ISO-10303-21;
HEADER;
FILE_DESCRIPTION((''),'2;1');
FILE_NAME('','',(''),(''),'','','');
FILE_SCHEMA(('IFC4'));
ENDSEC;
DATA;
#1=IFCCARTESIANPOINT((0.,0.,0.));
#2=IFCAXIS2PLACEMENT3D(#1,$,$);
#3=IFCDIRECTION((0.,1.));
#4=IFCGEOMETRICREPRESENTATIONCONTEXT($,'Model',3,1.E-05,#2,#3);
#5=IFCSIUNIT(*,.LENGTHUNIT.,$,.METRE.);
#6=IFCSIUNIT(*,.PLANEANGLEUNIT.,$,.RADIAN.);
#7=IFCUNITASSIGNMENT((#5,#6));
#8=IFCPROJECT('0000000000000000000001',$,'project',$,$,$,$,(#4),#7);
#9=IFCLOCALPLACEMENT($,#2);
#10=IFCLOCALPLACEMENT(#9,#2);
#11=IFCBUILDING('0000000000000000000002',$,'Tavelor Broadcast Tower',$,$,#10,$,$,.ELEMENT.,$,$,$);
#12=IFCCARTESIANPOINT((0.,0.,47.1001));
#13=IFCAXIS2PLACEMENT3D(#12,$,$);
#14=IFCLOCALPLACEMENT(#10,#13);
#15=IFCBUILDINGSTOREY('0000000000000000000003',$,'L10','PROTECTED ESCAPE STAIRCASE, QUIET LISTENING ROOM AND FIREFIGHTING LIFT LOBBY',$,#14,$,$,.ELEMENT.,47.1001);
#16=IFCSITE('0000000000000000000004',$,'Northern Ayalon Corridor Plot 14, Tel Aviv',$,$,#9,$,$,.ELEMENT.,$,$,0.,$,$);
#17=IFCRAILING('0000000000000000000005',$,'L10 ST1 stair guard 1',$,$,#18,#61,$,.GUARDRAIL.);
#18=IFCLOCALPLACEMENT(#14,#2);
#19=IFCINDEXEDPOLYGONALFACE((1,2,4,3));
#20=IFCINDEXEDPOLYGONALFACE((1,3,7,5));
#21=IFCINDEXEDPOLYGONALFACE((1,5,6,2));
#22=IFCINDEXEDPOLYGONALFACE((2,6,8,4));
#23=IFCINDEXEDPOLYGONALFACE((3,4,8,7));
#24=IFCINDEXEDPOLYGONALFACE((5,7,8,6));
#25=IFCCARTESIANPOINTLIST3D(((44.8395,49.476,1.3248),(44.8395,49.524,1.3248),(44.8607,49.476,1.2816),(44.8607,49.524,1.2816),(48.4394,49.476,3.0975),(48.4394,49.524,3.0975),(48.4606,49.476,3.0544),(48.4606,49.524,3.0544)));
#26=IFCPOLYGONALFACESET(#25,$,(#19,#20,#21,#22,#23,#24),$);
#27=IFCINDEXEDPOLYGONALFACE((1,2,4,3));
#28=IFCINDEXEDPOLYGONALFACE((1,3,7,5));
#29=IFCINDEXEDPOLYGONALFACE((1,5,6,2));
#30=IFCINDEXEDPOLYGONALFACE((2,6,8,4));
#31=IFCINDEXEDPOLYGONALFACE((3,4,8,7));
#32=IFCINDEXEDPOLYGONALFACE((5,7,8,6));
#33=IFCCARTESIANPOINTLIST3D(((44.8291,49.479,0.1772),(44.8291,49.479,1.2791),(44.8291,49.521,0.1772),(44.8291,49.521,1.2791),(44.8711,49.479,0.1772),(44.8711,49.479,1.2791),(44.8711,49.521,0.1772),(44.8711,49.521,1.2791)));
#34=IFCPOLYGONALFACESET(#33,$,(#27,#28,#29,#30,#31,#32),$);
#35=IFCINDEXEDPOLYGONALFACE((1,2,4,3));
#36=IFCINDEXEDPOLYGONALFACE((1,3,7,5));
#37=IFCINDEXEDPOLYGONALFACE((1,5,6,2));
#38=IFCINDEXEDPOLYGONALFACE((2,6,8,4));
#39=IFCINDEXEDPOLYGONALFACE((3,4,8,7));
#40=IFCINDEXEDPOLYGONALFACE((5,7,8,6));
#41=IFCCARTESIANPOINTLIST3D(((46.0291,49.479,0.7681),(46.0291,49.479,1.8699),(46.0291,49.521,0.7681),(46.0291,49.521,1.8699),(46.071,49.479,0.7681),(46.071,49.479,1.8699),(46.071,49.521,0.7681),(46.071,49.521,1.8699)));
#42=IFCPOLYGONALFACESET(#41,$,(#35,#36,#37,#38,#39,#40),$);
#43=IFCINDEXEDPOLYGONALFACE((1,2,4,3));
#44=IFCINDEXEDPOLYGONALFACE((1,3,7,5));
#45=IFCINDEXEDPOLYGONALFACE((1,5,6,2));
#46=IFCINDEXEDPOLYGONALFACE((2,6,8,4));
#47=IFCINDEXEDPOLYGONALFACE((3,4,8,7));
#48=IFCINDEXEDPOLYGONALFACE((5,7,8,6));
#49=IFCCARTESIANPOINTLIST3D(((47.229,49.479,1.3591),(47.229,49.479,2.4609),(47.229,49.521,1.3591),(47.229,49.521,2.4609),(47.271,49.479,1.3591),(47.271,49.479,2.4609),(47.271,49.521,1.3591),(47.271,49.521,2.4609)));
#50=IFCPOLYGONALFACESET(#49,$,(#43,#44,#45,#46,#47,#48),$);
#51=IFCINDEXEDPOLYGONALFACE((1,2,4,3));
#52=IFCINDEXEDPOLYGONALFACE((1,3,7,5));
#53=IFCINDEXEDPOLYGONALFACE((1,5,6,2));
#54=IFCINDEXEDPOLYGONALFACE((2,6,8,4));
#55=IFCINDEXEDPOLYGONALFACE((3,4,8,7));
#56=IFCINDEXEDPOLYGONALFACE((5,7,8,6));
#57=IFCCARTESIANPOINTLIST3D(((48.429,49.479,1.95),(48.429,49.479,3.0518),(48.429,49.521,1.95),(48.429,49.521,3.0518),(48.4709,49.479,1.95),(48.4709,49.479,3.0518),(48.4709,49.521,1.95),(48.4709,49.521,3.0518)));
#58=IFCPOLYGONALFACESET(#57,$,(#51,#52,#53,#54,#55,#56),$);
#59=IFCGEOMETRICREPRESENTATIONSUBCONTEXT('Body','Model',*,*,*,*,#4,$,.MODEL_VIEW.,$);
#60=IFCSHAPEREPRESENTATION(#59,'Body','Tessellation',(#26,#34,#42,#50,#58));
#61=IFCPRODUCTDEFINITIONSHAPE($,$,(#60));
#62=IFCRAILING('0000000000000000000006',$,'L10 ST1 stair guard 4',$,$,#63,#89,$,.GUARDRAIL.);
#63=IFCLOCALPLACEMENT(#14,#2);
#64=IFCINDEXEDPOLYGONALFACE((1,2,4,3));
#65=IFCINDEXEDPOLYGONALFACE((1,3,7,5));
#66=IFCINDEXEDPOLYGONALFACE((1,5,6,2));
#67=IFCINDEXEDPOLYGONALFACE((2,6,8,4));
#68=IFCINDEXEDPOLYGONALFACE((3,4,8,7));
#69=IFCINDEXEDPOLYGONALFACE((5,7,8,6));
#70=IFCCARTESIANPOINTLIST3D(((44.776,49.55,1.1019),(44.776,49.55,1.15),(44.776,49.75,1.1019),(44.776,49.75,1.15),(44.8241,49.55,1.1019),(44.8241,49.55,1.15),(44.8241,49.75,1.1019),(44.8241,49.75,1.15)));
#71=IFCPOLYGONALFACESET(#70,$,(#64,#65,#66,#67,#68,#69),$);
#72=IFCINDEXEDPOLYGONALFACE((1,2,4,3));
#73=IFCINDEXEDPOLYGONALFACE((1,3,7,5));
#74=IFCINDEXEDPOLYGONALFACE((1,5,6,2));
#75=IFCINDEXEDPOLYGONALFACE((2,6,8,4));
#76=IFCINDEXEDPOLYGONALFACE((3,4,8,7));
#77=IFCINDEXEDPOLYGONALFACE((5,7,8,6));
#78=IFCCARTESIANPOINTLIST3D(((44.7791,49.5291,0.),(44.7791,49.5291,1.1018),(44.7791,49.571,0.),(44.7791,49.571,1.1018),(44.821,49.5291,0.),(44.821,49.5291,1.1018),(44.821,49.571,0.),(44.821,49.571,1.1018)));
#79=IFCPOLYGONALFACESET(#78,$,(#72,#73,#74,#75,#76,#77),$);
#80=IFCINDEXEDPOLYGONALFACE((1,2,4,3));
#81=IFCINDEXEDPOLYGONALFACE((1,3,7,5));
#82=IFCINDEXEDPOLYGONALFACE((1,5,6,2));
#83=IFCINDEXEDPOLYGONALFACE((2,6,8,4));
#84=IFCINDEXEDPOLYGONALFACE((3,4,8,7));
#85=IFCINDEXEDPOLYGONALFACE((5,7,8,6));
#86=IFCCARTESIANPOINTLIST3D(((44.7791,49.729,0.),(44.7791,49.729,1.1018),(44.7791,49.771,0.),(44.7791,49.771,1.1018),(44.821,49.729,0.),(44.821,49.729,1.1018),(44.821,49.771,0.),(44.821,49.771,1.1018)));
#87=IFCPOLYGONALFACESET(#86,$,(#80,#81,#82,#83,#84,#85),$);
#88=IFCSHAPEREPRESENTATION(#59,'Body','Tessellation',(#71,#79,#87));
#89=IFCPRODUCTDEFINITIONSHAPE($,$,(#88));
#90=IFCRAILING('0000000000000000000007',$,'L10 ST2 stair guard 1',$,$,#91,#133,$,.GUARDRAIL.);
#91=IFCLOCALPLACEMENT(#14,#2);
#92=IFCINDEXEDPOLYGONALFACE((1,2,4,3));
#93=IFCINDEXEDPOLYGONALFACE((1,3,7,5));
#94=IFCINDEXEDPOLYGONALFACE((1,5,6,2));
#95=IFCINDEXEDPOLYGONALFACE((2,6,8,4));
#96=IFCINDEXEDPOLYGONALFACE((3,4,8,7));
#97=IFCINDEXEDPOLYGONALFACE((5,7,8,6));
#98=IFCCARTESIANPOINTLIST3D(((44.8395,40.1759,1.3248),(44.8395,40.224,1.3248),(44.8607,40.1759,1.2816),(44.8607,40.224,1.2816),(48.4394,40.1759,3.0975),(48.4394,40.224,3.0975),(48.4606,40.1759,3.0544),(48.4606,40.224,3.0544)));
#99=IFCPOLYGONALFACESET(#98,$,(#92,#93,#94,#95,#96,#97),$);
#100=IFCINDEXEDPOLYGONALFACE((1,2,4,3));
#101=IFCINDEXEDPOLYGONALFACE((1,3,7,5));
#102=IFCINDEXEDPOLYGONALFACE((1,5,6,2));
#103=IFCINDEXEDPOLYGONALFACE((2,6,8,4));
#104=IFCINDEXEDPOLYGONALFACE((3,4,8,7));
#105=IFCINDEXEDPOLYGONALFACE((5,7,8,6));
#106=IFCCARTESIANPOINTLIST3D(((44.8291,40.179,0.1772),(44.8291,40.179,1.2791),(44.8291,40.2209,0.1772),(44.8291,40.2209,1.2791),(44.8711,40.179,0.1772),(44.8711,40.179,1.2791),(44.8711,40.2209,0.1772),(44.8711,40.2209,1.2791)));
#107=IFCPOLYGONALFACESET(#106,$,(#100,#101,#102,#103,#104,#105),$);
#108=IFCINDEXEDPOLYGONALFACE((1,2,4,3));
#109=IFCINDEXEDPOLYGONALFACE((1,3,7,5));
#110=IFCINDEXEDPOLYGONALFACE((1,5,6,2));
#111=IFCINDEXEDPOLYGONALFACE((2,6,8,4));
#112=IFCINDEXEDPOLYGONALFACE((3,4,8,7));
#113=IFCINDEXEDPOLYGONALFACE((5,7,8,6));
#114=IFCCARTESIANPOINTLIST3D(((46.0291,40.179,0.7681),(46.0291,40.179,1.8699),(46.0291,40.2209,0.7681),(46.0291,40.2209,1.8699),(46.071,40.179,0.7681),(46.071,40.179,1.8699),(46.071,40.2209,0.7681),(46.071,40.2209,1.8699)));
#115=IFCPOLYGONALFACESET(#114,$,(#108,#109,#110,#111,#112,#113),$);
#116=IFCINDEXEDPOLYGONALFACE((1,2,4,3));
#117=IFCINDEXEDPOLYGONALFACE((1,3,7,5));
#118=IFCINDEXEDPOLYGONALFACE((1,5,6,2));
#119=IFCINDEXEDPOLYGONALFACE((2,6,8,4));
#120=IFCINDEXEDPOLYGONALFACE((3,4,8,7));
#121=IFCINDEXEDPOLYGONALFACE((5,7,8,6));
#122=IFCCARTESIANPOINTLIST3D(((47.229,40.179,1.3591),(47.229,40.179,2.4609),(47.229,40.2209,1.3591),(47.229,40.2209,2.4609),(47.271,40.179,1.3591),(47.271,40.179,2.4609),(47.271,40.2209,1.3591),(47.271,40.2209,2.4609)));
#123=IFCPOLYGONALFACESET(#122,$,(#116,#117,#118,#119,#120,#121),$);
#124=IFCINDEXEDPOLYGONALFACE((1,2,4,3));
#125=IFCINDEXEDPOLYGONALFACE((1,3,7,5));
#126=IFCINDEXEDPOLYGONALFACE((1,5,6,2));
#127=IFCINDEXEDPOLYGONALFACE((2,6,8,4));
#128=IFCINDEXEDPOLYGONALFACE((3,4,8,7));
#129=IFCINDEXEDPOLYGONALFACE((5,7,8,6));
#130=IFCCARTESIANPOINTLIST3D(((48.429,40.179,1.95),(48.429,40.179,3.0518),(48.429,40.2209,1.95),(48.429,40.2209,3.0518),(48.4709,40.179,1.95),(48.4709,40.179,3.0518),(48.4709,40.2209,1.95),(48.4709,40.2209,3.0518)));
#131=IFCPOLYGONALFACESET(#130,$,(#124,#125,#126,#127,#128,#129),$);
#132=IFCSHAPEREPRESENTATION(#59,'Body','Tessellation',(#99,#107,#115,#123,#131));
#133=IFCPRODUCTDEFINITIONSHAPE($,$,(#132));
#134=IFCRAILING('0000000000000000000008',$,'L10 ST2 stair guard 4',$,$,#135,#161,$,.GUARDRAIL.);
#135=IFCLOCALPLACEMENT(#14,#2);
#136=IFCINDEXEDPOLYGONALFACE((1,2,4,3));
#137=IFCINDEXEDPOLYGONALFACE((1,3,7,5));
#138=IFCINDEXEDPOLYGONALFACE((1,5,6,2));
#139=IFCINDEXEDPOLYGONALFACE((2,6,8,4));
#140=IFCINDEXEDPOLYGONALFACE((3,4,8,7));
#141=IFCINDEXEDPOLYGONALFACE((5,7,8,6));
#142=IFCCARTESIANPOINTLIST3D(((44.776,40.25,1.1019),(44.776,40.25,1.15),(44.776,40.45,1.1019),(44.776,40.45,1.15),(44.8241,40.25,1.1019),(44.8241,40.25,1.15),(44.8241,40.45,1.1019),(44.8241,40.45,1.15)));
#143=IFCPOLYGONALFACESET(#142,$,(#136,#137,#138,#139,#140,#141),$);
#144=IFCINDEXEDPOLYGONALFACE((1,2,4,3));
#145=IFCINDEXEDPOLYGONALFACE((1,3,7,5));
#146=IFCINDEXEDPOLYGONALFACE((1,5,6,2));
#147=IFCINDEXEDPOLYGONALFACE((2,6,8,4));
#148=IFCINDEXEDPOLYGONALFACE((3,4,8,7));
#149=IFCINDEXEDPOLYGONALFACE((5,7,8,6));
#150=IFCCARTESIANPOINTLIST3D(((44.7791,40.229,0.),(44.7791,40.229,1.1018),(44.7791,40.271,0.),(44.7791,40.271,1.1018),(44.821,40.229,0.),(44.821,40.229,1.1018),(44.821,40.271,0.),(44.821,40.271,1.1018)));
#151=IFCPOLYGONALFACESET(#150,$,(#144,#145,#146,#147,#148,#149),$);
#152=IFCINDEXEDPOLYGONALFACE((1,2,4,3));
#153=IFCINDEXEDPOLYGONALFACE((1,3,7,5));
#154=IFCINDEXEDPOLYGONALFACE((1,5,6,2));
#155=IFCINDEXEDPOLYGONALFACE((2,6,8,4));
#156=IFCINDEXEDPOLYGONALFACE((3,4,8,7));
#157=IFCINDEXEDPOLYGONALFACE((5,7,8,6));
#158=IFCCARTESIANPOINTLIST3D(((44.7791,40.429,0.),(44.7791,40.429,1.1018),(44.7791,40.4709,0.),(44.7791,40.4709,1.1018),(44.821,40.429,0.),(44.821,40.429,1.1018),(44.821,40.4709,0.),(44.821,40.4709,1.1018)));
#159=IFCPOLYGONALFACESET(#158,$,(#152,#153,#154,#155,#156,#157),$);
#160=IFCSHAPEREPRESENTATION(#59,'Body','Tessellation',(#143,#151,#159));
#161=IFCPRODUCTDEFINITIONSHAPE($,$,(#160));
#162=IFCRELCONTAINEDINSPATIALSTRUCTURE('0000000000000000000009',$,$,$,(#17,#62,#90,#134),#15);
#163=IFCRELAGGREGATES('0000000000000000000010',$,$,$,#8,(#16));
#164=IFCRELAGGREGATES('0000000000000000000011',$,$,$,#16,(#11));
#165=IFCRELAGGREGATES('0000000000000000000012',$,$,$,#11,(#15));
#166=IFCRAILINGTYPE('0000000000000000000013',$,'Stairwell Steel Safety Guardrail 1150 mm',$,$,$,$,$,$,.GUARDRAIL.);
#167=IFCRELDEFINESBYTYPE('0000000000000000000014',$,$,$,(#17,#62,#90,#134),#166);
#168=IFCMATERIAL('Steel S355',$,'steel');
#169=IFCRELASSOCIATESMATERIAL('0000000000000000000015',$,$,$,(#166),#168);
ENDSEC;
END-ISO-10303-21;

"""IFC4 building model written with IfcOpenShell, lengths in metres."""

from ifc_helpers import new_model, si_unit, direction, frame, origin, origin_2d, place, context, subcontext, project, spatial, rectangle, extrude, material, type_object, element, save


model = new_model("IFC4")

# Units and contexts
model_context = context("Model", 3, precision=1e-05, world=origin(), true_north=direction((0.0, 1.0)))
body_context = subcontext(model_context, "Body", "Model", "MODEL_VIEW")
ifc_project = project(units=[si_unit("LENGTHUNIT", "METRE"), si_unit("PLANEANGLEUNIT", "RADIAN")], contexts=[model_context])

# Site, building, storey
site_placement = place(None, origin())
site = spatial("IfcSite", under=ifc_project, at=site_placement, Name="Northern Ayalon Corridor Plot 14, Tel Aviv", CompositionType="ELEMENT", RefElevation=0.0)
building_placement = place(site_placement, origin())
building = spatial("IfcBuilding", under=site, at=building_placement, Name="Tavelor Broadcast Tower", CompositionType="ELEMENT")
storey_placement = place(building_placement, frame((0.0, 0.0, 47.1001)))
storey = spatial("IfcBuildingStorey", under=building, at=storey_placement, Name="L10", Description="PROTECTED ESCAPE STAIRCASE, QUIET LISTENING ROOM AND FIREFIGHTING LIFT LOBBY", CompositionType="ELEMENT", Elevation=47.1001)

# Shared definitions
ifc_material_1 = material(Name="Steel S355", Category="steel")

# Railings
railing_type_1 = type_object("IfcRailingType", Name="Stairwell Steel Safety Guardrail 1150 mm", PredefinedType="GUARDRAIL", material=ifc_material_1)
railing_1_placement = place(storey_placement, frame((44.8501, 49.5, 0.1772)))
element("IfcRailing", 1, at=railing_1_placement, inside=storey, type_object=railing_type_1, Name="L10 ST1 stair guard 1", PredefinedType="GUARDRAIL", context=body_context, shape_type="SweptSolid", body=[
    extrude(rectangle(XDim=0.0481, YDim=0.0481, at=origin_2d()), frame((0.0, 0.0, 1.126), z_axis=(0.897124, 0.0, 0.441778), x_axis=(0.0, 1.0, 0.0)), (0.0, 0.0, 1.0), 4.0127),
    extrude(rectangle(XDim=0.042, YDim=0.042, at=origin_2d()), origin(), (0.0, 0.0, 1.0), 1.1018),
    extrude(rectangle(XDim=0.042, YDim=0.042, at=origin_2d()), frame((1.2, 0.0, 0.5908)), (0.0, 0.0, 1.0), 1.1018),
    extrude(rectangle(XDim=0.042, YDim=0.042, at=origin_2d()), frame((2.3999, 0.0, 1.1819)), (0.0, 0.0, 1.0), 1.1018),
    extrude(rectangle(XDim=0.042, YDim=0.042, at=origin_2d()), frame((3.5999, 0.0, 1.7727)), (0.0, 0.0, 1.0), 1.1018),
])
railing_2_placement = place(storey_placement, frame((44.8, 49.55, 0.0)))
element("IfcRailing", 2, at=railing_2_placement, inside=storey, type_object=railing_type_1, Name="L10 ST1 stair guard 4", PredefinedType="GUARDRAIL", context=body_context, shape_type="SweptSolid", body=[
    extrude(rectangle(XDim=0.0481, YDim=0.0481, at=origin_2d()), frame((0.0, 0.0, 1.126), z_axis=(0.0, 1.0, 0.0), x_axis=(-1.0, 0.0, 0.0)), (0.0, 0.0, 1.0), 0.2),
    extrude(rectangle(XDim=0.042, YDim=0.042, at=origin_2d()), origin(), (0.0, 0.0, 1.0), 1.1018),
    extrude(rectangle(XDim=0.042, YDim=0.042, at=origin_2d()), frame((0.0, 0.2, 0.0)), (0.0, 0.0, 1.0), 1.1018),
])
railing_3_placement = place(storey_placement, frame((44.8501, 40.2, 0.1772)))
element("IfcRailing", 3, at=railing_3_placement, inside=storey, type_object=railing_type_1, Name="L10 ST2 stair guard 1", PredefinedType="GUARDRAIL", context=body_context, shape_type="SweptSolid", body=[
    extrude(rectangle(XDim=0.0481, YDim=0.0481, at=origin_2d()), frame((0.0, 0.0, 1.126), z_axis=(0.897124, 0.0, 0.441778), x_axis=(0.0, 1.0, 0.0)), (0.0, 0.0, 1.0), 4.0127),
    extrude(rectangle(XDim=0.042, YDim=0.042, at=origin_2d()), origin(), (0.0, 0.0, 1.0), 1.1018),
    extrude(rectangle(XDim=0.042, YDim=0.042, at=origin_2d()), frame((1.2, 0.0, 0.5908)), (0.0, 0.0, 1.0), 1.1018),
    extrude(rectangle(XDim=0.042, YDim=0.042, at=origin_2d()), frame((2.3999, 0.0, 1.1819)), (0.0, 0.0, 1.0), 1.1018),
    extrude(rectangle(XDim=0.042, YDim=0.042, at=origin_2d()), frame((3.5999, 0.0, 1.7727)), (0.0, 0.0, 1.0), 1.1018),
])
railing_4_placement = place(storey_placement, frame((44.8, 40.25, 0.0)))
element("IfcRailing", 4, at=railing_4_placement, inside=storey, type_object=railing_type_1, Name="L10 ST2 stair guard 4", PredefinedType="GUARDRAIL", context=body_context, shape_type="SweptSolid", body=[
    extrude(rectangle(XDim=0.0481, YDim=0.0481, at=origin_2d()), frame((0.0, 0.0, 1.126), z_axis=(0.0, 1.0, 0.0), x_axis=(-1.0, 0.0, 0.0)), (0.0, 0.0, 1.0), 0.2),
    extrude(rectangle(XDim=0.042, YDim=0.042, at=origin_2d()), origin(), (0.0, 0.0, 1.0), 1.1018),
    extrude(rectangle(XDim=0.042, YDim=0.042, at=origin_2d()), frame((0.0, 0.2, 0.0)), (0.0, 0.0, 1.0), 1.1018),
])

save(model, "model.ifc")
